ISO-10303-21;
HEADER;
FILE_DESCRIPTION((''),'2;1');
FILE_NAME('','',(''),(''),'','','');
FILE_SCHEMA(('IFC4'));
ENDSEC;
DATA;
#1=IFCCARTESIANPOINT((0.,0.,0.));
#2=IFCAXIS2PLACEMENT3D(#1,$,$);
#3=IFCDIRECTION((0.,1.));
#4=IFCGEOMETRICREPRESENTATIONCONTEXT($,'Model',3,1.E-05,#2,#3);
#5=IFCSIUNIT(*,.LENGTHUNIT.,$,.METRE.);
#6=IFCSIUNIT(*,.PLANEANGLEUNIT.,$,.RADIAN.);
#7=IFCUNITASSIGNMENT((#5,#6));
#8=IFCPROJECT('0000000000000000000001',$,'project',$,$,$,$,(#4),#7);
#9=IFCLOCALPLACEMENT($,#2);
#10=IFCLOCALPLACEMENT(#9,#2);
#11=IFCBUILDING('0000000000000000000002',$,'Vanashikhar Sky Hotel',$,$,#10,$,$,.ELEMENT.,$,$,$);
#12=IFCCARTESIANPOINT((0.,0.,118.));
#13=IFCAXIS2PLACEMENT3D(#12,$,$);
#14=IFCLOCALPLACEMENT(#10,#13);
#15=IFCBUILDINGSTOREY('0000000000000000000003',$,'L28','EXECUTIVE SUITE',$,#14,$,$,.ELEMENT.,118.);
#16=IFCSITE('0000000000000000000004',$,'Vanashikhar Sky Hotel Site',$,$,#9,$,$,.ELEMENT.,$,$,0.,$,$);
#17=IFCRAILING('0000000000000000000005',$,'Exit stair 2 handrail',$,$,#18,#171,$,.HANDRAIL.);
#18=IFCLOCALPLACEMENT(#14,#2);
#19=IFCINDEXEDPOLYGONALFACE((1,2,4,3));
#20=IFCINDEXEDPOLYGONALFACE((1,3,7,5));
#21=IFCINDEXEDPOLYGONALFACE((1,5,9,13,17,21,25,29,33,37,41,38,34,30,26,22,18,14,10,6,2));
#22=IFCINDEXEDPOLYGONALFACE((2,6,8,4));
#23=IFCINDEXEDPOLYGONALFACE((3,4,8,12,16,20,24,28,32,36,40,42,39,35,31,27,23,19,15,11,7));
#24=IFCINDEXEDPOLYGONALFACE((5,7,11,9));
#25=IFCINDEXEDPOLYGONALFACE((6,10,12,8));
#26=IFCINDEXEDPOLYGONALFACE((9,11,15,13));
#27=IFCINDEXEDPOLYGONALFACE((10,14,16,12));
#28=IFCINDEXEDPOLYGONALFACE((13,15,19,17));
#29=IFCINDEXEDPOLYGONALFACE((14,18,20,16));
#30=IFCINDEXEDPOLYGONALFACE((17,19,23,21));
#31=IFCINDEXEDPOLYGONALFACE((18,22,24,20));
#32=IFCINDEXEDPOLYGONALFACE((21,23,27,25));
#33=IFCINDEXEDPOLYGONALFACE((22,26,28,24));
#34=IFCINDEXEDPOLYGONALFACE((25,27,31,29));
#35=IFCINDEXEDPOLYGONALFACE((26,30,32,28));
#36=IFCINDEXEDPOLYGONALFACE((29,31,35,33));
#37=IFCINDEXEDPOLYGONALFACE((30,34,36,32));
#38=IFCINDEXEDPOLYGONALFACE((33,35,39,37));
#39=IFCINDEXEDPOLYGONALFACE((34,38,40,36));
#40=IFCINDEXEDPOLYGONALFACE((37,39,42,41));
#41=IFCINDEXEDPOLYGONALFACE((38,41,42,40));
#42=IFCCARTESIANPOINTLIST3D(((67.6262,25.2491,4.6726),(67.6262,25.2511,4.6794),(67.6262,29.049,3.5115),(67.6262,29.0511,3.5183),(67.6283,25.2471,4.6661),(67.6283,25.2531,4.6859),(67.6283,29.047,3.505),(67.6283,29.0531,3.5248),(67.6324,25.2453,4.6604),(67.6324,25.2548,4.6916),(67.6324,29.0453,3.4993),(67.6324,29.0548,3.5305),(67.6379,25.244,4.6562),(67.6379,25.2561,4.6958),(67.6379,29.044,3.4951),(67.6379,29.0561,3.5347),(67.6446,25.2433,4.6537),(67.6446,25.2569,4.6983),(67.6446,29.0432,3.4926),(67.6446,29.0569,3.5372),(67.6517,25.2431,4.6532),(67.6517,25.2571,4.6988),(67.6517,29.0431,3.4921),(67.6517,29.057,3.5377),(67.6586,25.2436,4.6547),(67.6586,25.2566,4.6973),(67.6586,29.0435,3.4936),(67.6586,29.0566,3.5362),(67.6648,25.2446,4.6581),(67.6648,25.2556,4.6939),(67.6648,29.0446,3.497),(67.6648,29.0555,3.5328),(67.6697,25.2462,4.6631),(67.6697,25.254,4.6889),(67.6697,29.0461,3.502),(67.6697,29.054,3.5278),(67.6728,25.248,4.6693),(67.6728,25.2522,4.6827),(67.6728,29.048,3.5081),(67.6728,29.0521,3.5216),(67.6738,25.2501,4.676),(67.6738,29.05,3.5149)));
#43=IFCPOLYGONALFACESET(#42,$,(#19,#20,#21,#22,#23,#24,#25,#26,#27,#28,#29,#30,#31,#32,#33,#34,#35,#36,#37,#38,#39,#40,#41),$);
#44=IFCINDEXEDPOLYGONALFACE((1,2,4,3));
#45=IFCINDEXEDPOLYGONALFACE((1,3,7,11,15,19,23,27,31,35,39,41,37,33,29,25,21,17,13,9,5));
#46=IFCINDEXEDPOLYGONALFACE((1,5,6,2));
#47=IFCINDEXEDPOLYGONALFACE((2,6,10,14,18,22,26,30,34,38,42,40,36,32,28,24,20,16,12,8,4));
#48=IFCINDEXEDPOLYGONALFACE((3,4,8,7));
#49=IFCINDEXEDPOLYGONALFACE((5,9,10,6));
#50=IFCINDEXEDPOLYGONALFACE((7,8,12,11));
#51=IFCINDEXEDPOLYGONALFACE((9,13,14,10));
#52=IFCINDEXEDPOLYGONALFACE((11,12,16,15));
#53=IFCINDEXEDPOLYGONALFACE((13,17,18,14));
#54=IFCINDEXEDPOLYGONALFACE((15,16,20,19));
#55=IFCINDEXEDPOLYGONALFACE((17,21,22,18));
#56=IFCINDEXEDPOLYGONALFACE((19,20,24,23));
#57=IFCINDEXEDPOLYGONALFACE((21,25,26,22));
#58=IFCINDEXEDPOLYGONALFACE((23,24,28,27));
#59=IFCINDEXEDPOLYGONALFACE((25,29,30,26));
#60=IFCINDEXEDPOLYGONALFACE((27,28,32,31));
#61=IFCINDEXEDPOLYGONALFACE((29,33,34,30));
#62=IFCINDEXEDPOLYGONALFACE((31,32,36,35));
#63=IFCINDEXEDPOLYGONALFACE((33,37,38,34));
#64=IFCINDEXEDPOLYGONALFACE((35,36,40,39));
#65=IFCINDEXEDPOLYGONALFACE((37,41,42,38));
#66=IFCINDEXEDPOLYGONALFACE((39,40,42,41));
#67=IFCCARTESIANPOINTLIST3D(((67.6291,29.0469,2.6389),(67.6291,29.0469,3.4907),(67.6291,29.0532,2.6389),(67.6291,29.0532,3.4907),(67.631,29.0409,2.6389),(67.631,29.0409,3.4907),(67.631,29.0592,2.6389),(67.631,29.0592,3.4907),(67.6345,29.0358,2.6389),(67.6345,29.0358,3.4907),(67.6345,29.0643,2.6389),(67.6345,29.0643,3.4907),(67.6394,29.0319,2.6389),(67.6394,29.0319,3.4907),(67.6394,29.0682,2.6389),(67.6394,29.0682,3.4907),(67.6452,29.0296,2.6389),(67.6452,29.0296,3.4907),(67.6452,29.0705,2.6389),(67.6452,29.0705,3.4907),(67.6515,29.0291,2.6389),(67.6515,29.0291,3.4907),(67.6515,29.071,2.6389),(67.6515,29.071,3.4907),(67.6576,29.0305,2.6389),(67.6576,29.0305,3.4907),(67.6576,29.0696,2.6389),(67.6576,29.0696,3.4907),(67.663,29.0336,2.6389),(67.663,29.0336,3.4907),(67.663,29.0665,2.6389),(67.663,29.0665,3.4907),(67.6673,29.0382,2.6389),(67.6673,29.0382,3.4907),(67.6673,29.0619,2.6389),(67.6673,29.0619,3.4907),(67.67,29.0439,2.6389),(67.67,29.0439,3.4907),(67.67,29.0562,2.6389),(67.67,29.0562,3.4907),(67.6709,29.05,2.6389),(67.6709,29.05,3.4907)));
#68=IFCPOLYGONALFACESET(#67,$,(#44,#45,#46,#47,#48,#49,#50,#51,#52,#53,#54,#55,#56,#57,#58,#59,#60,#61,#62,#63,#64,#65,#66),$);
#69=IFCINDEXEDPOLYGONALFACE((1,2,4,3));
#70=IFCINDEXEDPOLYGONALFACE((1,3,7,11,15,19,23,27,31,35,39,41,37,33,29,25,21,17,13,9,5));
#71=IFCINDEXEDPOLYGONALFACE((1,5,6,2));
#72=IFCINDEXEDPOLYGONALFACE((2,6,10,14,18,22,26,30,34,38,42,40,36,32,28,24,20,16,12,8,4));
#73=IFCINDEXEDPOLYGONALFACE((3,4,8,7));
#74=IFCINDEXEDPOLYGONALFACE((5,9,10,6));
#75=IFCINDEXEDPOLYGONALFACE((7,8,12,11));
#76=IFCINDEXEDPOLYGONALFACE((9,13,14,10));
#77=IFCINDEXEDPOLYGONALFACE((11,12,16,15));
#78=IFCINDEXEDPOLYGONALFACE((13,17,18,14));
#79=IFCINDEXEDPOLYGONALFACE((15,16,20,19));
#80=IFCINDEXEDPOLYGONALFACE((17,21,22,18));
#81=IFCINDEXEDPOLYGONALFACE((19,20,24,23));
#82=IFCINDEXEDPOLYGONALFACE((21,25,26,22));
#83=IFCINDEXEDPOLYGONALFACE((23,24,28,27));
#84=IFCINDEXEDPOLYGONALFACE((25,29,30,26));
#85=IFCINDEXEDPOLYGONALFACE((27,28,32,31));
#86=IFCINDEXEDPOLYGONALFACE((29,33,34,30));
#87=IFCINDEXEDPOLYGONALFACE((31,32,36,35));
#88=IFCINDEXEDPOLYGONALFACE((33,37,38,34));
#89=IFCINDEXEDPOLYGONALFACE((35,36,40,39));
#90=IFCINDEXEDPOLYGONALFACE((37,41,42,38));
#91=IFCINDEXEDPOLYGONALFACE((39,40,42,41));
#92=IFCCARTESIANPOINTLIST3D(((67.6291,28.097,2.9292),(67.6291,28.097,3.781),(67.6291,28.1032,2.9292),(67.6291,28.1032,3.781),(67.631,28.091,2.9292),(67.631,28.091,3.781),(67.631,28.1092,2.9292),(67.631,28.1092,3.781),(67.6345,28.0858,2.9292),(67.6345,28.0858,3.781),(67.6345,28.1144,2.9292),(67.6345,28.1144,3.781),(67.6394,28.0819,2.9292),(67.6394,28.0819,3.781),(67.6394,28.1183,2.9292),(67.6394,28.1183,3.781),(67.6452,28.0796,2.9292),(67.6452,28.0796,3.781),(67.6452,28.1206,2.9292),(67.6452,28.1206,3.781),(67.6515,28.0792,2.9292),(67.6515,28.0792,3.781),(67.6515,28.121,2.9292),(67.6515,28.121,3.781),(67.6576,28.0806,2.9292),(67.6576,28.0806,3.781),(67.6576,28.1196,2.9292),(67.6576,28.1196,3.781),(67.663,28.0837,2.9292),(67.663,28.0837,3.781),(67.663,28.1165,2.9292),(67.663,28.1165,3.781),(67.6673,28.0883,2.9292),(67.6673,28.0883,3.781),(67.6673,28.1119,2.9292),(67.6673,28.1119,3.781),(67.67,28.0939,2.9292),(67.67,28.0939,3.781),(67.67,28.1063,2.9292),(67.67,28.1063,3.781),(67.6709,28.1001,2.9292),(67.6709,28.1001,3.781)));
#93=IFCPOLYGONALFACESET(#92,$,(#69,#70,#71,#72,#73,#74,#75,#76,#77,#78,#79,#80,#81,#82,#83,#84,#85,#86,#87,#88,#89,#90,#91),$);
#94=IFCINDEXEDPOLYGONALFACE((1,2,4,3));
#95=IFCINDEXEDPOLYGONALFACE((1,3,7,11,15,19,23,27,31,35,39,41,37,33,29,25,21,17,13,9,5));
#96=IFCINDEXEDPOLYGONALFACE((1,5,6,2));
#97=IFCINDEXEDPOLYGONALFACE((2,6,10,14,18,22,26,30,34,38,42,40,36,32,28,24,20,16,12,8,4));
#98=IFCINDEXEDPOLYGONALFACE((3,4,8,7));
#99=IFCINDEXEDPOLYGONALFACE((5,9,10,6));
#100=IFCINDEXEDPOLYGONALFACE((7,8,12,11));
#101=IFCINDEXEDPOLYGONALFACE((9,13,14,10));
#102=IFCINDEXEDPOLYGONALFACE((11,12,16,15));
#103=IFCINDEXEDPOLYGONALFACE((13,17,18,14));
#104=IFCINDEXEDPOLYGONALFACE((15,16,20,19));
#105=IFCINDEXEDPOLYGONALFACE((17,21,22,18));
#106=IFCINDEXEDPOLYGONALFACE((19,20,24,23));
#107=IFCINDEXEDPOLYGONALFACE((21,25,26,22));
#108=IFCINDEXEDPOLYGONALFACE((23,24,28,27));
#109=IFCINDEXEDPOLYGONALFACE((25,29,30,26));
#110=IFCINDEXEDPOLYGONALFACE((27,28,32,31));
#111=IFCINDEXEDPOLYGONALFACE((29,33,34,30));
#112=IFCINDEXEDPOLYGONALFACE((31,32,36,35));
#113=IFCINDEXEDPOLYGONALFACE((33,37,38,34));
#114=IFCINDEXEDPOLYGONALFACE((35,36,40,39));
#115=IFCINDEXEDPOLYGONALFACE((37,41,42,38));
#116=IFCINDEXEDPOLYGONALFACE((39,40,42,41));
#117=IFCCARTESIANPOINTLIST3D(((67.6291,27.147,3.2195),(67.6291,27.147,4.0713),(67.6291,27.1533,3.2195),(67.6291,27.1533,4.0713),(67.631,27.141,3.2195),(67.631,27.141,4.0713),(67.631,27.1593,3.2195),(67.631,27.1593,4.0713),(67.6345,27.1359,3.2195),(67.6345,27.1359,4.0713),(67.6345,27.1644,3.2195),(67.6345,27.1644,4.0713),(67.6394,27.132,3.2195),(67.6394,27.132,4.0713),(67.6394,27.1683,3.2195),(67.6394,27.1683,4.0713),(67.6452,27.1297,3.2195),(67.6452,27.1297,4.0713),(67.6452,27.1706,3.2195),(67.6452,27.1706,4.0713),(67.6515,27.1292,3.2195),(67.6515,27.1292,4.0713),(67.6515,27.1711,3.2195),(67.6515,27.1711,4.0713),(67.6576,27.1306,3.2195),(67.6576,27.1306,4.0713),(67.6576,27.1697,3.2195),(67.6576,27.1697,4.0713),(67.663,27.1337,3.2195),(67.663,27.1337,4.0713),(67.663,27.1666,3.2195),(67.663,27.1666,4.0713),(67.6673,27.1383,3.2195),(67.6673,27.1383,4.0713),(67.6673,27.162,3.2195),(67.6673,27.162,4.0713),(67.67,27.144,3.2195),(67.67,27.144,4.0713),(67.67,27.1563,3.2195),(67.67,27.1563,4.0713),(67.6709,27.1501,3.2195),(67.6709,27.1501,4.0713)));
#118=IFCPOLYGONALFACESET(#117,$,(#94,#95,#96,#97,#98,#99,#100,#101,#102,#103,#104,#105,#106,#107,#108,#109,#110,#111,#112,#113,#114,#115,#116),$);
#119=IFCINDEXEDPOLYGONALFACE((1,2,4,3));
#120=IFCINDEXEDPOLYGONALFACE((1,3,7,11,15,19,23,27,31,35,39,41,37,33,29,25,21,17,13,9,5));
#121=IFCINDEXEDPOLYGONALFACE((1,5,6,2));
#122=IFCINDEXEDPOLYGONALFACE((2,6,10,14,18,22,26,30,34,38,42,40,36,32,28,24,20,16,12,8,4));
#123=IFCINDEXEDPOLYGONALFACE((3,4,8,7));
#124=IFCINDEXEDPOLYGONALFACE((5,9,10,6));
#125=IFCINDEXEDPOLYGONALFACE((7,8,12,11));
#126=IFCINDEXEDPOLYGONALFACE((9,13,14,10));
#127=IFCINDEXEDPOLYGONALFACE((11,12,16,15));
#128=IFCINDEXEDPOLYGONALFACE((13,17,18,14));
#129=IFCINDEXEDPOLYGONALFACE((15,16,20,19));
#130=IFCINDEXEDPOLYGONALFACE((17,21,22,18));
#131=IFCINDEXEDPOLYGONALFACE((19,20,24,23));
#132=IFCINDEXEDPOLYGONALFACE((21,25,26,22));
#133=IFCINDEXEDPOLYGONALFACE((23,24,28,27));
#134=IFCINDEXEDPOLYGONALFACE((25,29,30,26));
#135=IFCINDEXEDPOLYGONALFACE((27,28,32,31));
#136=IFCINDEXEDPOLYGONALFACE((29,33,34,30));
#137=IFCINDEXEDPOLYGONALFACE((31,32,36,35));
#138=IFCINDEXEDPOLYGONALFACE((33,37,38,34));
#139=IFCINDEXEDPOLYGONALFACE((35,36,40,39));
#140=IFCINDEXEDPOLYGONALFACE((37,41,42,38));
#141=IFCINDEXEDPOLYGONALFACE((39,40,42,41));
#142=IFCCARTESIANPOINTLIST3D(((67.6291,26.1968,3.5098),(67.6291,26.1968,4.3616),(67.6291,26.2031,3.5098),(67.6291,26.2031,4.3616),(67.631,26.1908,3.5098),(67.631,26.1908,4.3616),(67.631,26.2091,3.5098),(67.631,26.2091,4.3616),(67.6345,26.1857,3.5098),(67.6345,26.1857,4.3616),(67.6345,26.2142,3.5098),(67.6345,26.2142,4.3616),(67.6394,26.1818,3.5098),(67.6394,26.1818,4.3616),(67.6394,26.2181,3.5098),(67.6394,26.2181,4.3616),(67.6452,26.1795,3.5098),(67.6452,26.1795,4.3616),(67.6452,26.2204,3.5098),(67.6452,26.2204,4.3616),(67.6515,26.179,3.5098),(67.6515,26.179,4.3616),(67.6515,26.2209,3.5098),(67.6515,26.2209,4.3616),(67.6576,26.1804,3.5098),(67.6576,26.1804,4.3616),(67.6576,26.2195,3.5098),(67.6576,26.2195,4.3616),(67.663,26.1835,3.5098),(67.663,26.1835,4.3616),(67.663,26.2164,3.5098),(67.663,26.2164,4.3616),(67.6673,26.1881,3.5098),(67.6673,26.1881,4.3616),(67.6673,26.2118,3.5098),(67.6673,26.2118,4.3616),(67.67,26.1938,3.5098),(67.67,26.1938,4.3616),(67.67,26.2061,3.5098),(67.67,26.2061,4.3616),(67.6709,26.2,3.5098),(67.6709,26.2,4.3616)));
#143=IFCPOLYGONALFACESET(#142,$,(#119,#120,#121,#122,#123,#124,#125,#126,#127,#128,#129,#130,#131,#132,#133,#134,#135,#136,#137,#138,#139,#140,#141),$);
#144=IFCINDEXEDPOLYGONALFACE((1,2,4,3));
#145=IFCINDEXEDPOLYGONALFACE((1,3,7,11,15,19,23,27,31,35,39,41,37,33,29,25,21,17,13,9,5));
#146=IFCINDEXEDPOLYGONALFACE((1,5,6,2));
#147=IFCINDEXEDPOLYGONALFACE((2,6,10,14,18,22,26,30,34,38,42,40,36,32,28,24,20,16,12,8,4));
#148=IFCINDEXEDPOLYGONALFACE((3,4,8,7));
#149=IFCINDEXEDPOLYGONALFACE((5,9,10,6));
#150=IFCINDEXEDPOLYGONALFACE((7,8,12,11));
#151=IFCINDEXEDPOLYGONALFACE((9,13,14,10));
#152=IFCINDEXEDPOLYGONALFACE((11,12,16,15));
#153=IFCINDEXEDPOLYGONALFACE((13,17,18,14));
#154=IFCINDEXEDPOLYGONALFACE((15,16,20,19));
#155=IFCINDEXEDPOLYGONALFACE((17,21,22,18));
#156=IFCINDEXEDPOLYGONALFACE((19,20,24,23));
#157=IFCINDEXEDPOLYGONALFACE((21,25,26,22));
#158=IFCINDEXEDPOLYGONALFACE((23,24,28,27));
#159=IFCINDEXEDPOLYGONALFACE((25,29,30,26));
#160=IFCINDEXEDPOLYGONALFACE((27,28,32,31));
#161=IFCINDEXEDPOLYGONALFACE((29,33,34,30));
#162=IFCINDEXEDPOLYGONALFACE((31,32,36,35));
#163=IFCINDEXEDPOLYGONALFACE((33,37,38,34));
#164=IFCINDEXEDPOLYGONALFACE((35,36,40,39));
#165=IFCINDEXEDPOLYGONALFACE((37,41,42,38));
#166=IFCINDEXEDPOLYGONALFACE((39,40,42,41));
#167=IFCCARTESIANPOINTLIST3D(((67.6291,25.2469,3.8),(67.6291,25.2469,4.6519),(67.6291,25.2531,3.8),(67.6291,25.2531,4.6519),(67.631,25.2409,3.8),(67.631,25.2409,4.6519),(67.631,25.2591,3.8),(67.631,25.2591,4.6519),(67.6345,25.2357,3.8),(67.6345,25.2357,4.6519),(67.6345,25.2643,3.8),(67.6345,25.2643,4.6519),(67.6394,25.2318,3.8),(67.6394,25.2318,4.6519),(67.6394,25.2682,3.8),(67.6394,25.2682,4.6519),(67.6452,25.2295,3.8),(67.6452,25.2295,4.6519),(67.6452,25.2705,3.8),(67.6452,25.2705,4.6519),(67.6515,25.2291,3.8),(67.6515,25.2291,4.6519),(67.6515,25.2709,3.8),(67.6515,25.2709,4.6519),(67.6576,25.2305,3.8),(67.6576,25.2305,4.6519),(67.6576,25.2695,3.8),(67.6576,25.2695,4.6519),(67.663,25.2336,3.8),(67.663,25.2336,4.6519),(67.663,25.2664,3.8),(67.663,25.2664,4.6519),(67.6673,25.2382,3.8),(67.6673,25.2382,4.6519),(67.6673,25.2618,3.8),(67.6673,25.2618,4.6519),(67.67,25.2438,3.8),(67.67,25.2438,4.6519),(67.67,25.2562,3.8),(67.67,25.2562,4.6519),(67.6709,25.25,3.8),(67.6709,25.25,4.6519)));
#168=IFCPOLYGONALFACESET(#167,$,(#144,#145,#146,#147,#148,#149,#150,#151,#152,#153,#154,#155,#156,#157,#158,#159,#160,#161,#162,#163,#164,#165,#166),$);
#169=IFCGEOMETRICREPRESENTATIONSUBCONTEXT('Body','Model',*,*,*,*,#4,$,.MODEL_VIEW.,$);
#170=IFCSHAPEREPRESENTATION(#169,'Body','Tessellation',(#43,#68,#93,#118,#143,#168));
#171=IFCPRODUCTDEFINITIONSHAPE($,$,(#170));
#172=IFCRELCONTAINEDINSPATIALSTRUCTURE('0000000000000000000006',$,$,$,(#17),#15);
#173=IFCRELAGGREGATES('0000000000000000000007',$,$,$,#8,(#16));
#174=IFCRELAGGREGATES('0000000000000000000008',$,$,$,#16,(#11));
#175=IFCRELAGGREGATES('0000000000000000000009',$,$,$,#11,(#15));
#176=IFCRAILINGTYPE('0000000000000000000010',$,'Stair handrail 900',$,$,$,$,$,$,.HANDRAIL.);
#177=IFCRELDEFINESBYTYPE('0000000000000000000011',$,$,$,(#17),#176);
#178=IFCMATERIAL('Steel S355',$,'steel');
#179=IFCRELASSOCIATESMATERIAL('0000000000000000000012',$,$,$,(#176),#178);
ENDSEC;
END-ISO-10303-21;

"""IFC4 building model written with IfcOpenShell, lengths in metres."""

from ifc_helpers import new_model, si_unit, direction, frame, origin, origin_2d, place, context, subcontext, project, spatial, circle, extrude, source, transform, mapped, material, type_object, element, save


model = new_model("IFC4")

# Units and contexts
model_context = context("Model", 3, precision=1e-05, world=origin(), true_north=direction((0.0, 1.0)))
body_context = subcontext(model_context, "Body", "Model", "MODEL_VIEW")
ifc_project = project(units=[si_unit("LENGTHUNIT", "METRE"), si_unit("PLANEANGLEUNIT", "RADIAN")], contexts=[model_context])

# Site, building, storey
site_placement = place(None, origin())
site = spatial("IfcSite", under=ifc_project, at=site_placement, Name="Vanashikhar Sky Hotel Site", CompositionType="ELEMENT", RefElevation=0.0)
building_placement = place(site_placement, origin())
building = spatial("IfcBuilding", under=site, at=building_placement, Name="Vanashikhar Sky Hotel", CompositionType="ELEMENT")
storey_placement = place(building_placement, frame((0.0, 0.0, 118.0)))
storey = spatial("IfcBuildingStorey", under=building, at=storey_placement, Name="L28", Description="EXECUTIVE SUITE", CompositionType="ELEMENT", Elevation=118.0)

# Railing
ifc_material_1 = material(Name="Steel S355", Category="steel")
railing_type_1 = type_object("IfcRailingType", Name="Stair handrail 900", PredefinedType="HANDRAIL", material=ifc_material_1)
shared_shape_1 = source(origin(), body_context, "Body", "SweptSolid", [
    extrude(circle(Radius=0.0239, at=origin_2d()), frame((0.0, 0.0, 0.876), z_axis=(0.0, -0.956351, 0.29222), x_axis=(1.0, 0.0, 0.0)), (0.0, 0.0, 1.0), 3.9734),
    extrude(circle(Radius=0.021, at=origin_2d()), origin(), (0.0, 0.0, 1.0), 0.8518),
    extrude(circle(Radius=0.021, at=origin_2d()), frame((0.0, -0.95, 0.2903)), (0.0, 0.0, 1.0), 0.8518),
    extrude(circle(Radius=0.021, at=origin_2d()), frame((0.0, -1.8999, 0.5806)), (0.0, 0.0, 1.0), 0.8518),
    extrude(circle(Radius=0.021, at=origin_2d()), frame((0.0, -2.8501, 0.8708)), (0.0, 0.0, 1.0), 0.8518),
    extrude(circle(Radius=0.021, at=origin_2d()), frame((0.0, -3.8, 1.1611)), (0.0, 0.0, 1.0), 0.8518),
])
for number, where, name in (
    (1, (67.6499, 29.05, 2.6389), "Exit stair 2 handrail"),
):
    element("IfcRailing", number, at=place(storey_placement, frame(where)), inside=storey, type_object=railing_type_1, Name=name, PredefinedType="HANDRAIL", context=body_context, shape_type="MappedRepresentation", body=[
        mapped(shared_shape_1, transform((0.0, 0.0, 0.0), scale=1.0)),
    ])

save(model, "model.ifc")
